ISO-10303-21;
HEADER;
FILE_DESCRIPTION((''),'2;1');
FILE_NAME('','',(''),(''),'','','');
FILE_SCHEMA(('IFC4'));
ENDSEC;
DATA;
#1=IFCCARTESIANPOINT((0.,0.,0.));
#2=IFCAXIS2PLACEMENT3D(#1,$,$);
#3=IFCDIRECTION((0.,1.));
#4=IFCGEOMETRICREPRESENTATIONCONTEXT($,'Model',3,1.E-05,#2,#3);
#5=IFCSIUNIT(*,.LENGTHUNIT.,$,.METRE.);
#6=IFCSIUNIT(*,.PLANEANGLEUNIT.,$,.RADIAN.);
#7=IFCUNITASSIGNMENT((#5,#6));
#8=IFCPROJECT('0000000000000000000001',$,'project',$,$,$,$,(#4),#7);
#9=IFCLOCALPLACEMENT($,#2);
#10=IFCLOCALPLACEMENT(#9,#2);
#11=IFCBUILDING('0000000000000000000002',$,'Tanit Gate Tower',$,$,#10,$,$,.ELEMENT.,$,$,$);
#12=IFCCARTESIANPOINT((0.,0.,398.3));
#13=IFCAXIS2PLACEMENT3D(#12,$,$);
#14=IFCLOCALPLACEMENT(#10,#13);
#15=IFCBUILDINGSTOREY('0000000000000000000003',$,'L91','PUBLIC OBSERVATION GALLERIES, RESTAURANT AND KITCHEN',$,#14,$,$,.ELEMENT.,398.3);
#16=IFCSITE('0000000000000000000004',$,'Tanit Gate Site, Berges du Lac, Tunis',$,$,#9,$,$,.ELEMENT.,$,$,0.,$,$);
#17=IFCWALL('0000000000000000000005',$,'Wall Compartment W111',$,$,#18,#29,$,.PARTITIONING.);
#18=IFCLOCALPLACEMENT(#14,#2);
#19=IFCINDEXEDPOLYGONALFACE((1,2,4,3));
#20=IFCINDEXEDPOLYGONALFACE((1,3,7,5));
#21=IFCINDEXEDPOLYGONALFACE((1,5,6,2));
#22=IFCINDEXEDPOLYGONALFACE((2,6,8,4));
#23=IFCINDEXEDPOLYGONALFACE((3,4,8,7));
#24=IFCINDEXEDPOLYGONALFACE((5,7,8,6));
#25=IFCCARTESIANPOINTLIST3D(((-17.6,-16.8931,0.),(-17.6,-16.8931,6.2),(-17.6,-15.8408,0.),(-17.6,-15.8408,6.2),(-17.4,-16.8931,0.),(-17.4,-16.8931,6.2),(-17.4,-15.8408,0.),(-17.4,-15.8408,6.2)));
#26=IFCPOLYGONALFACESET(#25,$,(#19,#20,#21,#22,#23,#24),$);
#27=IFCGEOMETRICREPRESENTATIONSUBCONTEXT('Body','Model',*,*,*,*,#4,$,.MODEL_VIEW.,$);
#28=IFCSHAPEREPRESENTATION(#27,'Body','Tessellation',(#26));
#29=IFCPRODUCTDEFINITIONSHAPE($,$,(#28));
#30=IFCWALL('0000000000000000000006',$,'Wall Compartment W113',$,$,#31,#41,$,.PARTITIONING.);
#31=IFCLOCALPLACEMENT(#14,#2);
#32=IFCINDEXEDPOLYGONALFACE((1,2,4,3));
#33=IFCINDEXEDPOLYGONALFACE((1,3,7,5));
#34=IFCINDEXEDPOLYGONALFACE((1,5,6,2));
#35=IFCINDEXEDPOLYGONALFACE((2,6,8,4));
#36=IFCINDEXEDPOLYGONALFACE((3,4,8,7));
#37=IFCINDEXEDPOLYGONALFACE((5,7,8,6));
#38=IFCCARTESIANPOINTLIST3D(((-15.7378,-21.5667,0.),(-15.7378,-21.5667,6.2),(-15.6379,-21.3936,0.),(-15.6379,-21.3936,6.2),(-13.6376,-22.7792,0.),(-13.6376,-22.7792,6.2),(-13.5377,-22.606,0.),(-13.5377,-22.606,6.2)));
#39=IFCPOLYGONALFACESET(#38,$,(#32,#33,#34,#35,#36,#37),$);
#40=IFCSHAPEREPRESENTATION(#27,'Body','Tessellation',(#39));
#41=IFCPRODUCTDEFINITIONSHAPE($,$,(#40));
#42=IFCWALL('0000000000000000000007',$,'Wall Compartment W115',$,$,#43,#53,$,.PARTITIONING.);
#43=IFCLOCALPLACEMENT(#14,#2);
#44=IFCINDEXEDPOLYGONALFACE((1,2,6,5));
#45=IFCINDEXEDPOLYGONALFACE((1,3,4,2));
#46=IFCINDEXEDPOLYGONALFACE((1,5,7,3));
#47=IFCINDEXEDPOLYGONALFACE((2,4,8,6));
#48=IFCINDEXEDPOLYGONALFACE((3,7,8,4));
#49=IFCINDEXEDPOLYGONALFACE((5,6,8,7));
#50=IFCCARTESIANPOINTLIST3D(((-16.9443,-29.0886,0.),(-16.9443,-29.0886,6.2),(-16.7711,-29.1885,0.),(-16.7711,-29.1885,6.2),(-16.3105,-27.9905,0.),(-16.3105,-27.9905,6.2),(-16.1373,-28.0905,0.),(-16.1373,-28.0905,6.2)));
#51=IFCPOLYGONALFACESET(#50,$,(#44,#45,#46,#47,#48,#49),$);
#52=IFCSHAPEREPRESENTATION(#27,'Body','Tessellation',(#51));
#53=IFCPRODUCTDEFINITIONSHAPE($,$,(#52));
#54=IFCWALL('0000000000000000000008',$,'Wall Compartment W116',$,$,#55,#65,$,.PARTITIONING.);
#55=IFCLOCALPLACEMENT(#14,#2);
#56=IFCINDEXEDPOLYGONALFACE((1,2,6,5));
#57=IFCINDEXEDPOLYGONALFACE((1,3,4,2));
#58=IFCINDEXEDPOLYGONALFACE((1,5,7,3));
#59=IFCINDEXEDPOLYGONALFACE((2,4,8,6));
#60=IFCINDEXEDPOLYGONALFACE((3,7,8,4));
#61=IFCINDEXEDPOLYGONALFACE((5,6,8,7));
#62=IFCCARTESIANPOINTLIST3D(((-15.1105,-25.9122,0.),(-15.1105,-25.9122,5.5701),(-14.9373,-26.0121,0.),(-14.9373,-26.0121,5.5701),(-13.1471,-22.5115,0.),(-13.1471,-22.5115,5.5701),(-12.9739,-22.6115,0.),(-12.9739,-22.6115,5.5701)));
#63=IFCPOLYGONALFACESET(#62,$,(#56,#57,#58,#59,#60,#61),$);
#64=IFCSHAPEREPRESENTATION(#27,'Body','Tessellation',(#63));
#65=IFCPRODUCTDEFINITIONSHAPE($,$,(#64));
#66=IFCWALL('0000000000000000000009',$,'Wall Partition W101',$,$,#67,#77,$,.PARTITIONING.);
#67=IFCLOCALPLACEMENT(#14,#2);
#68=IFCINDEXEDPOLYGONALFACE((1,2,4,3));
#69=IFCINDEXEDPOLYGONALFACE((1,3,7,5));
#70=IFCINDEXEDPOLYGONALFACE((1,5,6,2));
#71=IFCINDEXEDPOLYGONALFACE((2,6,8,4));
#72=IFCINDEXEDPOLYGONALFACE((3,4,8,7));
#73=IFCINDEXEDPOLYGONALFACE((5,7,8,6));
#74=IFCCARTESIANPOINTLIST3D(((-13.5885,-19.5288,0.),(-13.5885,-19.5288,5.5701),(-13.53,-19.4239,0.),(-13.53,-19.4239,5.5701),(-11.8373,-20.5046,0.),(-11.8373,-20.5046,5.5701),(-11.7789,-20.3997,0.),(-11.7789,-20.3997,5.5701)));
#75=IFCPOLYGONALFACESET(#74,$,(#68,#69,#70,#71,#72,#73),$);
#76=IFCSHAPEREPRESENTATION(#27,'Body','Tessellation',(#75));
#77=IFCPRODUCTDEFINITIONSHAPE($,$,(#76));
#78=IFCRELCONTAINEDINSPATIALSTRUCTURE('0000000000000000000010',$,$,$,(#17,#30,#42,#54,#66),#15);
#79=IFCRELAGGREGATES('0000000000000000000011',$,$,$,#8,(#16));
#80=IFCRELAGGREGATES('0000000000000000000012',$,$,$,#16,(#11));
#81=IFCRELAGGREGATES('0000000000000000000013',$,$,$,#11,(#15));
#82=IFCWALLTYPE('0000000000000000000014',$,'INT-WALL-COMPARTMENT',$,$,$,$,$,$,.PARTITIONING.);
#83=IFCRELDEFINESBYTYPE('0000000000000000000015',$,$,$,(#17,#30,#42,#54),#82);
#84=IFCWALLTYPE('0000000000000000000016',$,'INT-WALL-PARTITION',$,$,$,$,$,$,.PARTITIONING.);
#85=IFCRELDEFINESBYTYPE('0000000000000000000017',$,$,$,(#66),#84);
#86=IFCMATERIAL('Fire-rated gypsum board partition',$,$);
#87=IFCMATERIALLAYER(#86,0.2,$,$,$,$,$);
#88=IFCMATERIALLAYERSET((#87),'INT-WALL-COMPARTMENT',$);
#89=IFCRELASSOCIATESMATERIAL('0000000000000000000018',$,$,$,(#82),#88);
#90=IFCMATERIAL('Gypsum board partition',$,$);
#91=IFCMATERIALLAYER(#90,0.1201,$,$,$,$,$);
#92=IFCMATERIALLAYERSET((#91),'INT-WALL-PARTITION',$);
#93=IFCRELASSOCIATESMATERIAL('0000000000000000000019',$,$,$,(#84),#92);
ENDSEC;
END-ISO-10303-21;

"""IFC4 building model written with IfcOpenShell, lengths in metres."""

from ifc_helpers import new_model, si_unit, direction, frame, frame_2d, origin, place, context, subcontext, project, spatial, rectangle, extrude, material, layer, layer_set, type_object, element, save


model = new_model("IFC4")

# Units and contexts
model_context = context("Model", 3, precision=1e-05, world=origin(), true_north=direction((0.0, 1.0)))
body_context = subcontext(model_context, "Body", "Model", "MODEL_VIEW")
ifc_project = project(units=[si_unit("LENGTHUNIT", "METRE"), si_unit("PLANEANGLEUNIT", "RADIAN")], contexts=[model_context])

# Site, building, storey
site_placement = place(None, origin())
site = spatial("IfcSite", under=ifc_project, at=site_placement, Name="Tanit Gate Site, Berges du Lac, Tunis", CompositionType="ELEMENT", RefElevation=0.0)
building_placement = place(site_placement, origin())
building = spatial("IfcBuilding", under=site, at=building_placement, Name="Tanit Gate Tower", CompositionType="ELEMENT")
storey_placement = place(building_placement, frame((0.0, 0.0, 398.3)))
storey = spatial("IfcBuildingStorey", under=building, at=storey_placement, Name="L91", Description="PUBLIC OBSERVATION GALLERIES, RESTAURANT AND KITCHEN", CompositionType="ELEMENT", Elevation=398.3)

# Walls
ifc_material_1 = material(Name="Fire-rated gypsum board partition")
ifc_layer_1 = layer(ifc_material_1, 0.2)
ifc_layer_set_1 = layer_set([ifc_layer_1], Name="INT-WALL-COMPARTMENT")
wall_type_1 = type_object("IfcWallType", Name="INT-WALL-COMPARTMENT", PredefinedType="PARTITIONING", material=ifc_layer_set_1)
wall_1_placement = place(storey_placement, frame((-17.5, -16.8931, 0.0), z_axis=(0.0, 0.0, 1.0), x_axis=(0.0, 1.0, 0.0)))
element("IfcWall", 1, at=wall_1_placement, inside=storey, type_object=wall_type_1, Name="Wall Compartment W111", PredefinedType="PARTITIONING", context=body_context, shape_type="SweptSolid", body=[
    extrude(rectangle(XDim=1.0522, YDim=0.2, at=frame_2d((0.5261, 0.0))), origin(), (0.0, 0.0, 1.0), 6.2),
])
wall_2_placement = place(storey_placement, frame((-15.6877, -21.4802, 0.0), z_axis=(0.0, 0.0, 1.0), x_axis=(0.866041, -0.499972, 0.0)))
element("IfcWall", 2, at=wall_2_placement, inside=storey, type_object=wall_type_1, Name="Wall Compartment W113", PredefinedType="PARTITIONING", context=body_context, shape_type="SweptSolid", body=[
    extrude(rectangle(XDim=2.425, YDim=0.2, at=frame_2d((1.2124, 0.0))), origin(), (0.0, 0.0, 1.0), 6.2),
])
wall_3_placement = place(storey_placement, frame((-16.8577, -29.1384, 0.0), z_axis=(0.0, 0.0, 1.0), x_axis=(0.49995, 0.866054, 0.0)))
element("IfcWall", 3, at=wall_3_placement, inside=storey, type_object=wall_type_1, Name="Wall Compartment W115", PredefinedType="PARTITIONING", context=body_context, shape_type="SweptSolid", body=[
    extrude(rectangle(XDim=1.2678, YDim=0.2, at=frame_2d((0.6338, 0.0))), origin(), (0.0, 0.0, 1.0), 6.2),
])
wall_4_placement = place(storey_placement, frame((-15.0239, -25.9622, 0.0), z_axis=(0.0, 0.0, 1.0), x_axis=(0.500004, 0.866023, 0.0)))
element("IfcWall", 4, at=wall_4_placement, inside=storey, type_object=wall_type_1, Name="Wall Compartment W116", PredefinedType="PARTITIONING", context=body_context, shape_type="SweptSolid", body=[
    extrude(rectangle(XDim=3.9268, YDim=0.2, at=frame_2d((1.9634, 0.0))), origin(), (0.0, 0.0, 1.0), 5.5701),
])
ifc_material_2 = material(Name="Gypsum board partition")
ifc_layer_2 = layer(ifc_material_2, 0.1201)
ifc_layer_set_2 = layer_set([ifc_layer_2], Name="INT-WALL-PARTITION")
wall_type_2 = type_object("IfcWallType", Name="INT-WALL-PARTITION", PredefinedType="PARTITIONING", material=ifc_layer_set_2)
wall_5_placement = place(storey_placement, frame((-13.5593, -19.4763, 0.0), z_axis=(0.0, 0.0, 1.0), x_axis=(0.873536, -0.486759, 0.0)))
element("IfcWall", 5, at=wall_5_placement, inside=storey, type_object=wall_type_2, Name="Wall Partition W101", PredefinedType="PARTITIONING", context=body_context, shape_type="SweptSolid", body=[
    extrude(rectangle(XDim=2.0046, YDim=0.1201, at=frame_2d((1.0024, 0.0))), origin(), (0.0, 0.0, 1.0), 5.5701),
])

save(model, "model.ifc")
